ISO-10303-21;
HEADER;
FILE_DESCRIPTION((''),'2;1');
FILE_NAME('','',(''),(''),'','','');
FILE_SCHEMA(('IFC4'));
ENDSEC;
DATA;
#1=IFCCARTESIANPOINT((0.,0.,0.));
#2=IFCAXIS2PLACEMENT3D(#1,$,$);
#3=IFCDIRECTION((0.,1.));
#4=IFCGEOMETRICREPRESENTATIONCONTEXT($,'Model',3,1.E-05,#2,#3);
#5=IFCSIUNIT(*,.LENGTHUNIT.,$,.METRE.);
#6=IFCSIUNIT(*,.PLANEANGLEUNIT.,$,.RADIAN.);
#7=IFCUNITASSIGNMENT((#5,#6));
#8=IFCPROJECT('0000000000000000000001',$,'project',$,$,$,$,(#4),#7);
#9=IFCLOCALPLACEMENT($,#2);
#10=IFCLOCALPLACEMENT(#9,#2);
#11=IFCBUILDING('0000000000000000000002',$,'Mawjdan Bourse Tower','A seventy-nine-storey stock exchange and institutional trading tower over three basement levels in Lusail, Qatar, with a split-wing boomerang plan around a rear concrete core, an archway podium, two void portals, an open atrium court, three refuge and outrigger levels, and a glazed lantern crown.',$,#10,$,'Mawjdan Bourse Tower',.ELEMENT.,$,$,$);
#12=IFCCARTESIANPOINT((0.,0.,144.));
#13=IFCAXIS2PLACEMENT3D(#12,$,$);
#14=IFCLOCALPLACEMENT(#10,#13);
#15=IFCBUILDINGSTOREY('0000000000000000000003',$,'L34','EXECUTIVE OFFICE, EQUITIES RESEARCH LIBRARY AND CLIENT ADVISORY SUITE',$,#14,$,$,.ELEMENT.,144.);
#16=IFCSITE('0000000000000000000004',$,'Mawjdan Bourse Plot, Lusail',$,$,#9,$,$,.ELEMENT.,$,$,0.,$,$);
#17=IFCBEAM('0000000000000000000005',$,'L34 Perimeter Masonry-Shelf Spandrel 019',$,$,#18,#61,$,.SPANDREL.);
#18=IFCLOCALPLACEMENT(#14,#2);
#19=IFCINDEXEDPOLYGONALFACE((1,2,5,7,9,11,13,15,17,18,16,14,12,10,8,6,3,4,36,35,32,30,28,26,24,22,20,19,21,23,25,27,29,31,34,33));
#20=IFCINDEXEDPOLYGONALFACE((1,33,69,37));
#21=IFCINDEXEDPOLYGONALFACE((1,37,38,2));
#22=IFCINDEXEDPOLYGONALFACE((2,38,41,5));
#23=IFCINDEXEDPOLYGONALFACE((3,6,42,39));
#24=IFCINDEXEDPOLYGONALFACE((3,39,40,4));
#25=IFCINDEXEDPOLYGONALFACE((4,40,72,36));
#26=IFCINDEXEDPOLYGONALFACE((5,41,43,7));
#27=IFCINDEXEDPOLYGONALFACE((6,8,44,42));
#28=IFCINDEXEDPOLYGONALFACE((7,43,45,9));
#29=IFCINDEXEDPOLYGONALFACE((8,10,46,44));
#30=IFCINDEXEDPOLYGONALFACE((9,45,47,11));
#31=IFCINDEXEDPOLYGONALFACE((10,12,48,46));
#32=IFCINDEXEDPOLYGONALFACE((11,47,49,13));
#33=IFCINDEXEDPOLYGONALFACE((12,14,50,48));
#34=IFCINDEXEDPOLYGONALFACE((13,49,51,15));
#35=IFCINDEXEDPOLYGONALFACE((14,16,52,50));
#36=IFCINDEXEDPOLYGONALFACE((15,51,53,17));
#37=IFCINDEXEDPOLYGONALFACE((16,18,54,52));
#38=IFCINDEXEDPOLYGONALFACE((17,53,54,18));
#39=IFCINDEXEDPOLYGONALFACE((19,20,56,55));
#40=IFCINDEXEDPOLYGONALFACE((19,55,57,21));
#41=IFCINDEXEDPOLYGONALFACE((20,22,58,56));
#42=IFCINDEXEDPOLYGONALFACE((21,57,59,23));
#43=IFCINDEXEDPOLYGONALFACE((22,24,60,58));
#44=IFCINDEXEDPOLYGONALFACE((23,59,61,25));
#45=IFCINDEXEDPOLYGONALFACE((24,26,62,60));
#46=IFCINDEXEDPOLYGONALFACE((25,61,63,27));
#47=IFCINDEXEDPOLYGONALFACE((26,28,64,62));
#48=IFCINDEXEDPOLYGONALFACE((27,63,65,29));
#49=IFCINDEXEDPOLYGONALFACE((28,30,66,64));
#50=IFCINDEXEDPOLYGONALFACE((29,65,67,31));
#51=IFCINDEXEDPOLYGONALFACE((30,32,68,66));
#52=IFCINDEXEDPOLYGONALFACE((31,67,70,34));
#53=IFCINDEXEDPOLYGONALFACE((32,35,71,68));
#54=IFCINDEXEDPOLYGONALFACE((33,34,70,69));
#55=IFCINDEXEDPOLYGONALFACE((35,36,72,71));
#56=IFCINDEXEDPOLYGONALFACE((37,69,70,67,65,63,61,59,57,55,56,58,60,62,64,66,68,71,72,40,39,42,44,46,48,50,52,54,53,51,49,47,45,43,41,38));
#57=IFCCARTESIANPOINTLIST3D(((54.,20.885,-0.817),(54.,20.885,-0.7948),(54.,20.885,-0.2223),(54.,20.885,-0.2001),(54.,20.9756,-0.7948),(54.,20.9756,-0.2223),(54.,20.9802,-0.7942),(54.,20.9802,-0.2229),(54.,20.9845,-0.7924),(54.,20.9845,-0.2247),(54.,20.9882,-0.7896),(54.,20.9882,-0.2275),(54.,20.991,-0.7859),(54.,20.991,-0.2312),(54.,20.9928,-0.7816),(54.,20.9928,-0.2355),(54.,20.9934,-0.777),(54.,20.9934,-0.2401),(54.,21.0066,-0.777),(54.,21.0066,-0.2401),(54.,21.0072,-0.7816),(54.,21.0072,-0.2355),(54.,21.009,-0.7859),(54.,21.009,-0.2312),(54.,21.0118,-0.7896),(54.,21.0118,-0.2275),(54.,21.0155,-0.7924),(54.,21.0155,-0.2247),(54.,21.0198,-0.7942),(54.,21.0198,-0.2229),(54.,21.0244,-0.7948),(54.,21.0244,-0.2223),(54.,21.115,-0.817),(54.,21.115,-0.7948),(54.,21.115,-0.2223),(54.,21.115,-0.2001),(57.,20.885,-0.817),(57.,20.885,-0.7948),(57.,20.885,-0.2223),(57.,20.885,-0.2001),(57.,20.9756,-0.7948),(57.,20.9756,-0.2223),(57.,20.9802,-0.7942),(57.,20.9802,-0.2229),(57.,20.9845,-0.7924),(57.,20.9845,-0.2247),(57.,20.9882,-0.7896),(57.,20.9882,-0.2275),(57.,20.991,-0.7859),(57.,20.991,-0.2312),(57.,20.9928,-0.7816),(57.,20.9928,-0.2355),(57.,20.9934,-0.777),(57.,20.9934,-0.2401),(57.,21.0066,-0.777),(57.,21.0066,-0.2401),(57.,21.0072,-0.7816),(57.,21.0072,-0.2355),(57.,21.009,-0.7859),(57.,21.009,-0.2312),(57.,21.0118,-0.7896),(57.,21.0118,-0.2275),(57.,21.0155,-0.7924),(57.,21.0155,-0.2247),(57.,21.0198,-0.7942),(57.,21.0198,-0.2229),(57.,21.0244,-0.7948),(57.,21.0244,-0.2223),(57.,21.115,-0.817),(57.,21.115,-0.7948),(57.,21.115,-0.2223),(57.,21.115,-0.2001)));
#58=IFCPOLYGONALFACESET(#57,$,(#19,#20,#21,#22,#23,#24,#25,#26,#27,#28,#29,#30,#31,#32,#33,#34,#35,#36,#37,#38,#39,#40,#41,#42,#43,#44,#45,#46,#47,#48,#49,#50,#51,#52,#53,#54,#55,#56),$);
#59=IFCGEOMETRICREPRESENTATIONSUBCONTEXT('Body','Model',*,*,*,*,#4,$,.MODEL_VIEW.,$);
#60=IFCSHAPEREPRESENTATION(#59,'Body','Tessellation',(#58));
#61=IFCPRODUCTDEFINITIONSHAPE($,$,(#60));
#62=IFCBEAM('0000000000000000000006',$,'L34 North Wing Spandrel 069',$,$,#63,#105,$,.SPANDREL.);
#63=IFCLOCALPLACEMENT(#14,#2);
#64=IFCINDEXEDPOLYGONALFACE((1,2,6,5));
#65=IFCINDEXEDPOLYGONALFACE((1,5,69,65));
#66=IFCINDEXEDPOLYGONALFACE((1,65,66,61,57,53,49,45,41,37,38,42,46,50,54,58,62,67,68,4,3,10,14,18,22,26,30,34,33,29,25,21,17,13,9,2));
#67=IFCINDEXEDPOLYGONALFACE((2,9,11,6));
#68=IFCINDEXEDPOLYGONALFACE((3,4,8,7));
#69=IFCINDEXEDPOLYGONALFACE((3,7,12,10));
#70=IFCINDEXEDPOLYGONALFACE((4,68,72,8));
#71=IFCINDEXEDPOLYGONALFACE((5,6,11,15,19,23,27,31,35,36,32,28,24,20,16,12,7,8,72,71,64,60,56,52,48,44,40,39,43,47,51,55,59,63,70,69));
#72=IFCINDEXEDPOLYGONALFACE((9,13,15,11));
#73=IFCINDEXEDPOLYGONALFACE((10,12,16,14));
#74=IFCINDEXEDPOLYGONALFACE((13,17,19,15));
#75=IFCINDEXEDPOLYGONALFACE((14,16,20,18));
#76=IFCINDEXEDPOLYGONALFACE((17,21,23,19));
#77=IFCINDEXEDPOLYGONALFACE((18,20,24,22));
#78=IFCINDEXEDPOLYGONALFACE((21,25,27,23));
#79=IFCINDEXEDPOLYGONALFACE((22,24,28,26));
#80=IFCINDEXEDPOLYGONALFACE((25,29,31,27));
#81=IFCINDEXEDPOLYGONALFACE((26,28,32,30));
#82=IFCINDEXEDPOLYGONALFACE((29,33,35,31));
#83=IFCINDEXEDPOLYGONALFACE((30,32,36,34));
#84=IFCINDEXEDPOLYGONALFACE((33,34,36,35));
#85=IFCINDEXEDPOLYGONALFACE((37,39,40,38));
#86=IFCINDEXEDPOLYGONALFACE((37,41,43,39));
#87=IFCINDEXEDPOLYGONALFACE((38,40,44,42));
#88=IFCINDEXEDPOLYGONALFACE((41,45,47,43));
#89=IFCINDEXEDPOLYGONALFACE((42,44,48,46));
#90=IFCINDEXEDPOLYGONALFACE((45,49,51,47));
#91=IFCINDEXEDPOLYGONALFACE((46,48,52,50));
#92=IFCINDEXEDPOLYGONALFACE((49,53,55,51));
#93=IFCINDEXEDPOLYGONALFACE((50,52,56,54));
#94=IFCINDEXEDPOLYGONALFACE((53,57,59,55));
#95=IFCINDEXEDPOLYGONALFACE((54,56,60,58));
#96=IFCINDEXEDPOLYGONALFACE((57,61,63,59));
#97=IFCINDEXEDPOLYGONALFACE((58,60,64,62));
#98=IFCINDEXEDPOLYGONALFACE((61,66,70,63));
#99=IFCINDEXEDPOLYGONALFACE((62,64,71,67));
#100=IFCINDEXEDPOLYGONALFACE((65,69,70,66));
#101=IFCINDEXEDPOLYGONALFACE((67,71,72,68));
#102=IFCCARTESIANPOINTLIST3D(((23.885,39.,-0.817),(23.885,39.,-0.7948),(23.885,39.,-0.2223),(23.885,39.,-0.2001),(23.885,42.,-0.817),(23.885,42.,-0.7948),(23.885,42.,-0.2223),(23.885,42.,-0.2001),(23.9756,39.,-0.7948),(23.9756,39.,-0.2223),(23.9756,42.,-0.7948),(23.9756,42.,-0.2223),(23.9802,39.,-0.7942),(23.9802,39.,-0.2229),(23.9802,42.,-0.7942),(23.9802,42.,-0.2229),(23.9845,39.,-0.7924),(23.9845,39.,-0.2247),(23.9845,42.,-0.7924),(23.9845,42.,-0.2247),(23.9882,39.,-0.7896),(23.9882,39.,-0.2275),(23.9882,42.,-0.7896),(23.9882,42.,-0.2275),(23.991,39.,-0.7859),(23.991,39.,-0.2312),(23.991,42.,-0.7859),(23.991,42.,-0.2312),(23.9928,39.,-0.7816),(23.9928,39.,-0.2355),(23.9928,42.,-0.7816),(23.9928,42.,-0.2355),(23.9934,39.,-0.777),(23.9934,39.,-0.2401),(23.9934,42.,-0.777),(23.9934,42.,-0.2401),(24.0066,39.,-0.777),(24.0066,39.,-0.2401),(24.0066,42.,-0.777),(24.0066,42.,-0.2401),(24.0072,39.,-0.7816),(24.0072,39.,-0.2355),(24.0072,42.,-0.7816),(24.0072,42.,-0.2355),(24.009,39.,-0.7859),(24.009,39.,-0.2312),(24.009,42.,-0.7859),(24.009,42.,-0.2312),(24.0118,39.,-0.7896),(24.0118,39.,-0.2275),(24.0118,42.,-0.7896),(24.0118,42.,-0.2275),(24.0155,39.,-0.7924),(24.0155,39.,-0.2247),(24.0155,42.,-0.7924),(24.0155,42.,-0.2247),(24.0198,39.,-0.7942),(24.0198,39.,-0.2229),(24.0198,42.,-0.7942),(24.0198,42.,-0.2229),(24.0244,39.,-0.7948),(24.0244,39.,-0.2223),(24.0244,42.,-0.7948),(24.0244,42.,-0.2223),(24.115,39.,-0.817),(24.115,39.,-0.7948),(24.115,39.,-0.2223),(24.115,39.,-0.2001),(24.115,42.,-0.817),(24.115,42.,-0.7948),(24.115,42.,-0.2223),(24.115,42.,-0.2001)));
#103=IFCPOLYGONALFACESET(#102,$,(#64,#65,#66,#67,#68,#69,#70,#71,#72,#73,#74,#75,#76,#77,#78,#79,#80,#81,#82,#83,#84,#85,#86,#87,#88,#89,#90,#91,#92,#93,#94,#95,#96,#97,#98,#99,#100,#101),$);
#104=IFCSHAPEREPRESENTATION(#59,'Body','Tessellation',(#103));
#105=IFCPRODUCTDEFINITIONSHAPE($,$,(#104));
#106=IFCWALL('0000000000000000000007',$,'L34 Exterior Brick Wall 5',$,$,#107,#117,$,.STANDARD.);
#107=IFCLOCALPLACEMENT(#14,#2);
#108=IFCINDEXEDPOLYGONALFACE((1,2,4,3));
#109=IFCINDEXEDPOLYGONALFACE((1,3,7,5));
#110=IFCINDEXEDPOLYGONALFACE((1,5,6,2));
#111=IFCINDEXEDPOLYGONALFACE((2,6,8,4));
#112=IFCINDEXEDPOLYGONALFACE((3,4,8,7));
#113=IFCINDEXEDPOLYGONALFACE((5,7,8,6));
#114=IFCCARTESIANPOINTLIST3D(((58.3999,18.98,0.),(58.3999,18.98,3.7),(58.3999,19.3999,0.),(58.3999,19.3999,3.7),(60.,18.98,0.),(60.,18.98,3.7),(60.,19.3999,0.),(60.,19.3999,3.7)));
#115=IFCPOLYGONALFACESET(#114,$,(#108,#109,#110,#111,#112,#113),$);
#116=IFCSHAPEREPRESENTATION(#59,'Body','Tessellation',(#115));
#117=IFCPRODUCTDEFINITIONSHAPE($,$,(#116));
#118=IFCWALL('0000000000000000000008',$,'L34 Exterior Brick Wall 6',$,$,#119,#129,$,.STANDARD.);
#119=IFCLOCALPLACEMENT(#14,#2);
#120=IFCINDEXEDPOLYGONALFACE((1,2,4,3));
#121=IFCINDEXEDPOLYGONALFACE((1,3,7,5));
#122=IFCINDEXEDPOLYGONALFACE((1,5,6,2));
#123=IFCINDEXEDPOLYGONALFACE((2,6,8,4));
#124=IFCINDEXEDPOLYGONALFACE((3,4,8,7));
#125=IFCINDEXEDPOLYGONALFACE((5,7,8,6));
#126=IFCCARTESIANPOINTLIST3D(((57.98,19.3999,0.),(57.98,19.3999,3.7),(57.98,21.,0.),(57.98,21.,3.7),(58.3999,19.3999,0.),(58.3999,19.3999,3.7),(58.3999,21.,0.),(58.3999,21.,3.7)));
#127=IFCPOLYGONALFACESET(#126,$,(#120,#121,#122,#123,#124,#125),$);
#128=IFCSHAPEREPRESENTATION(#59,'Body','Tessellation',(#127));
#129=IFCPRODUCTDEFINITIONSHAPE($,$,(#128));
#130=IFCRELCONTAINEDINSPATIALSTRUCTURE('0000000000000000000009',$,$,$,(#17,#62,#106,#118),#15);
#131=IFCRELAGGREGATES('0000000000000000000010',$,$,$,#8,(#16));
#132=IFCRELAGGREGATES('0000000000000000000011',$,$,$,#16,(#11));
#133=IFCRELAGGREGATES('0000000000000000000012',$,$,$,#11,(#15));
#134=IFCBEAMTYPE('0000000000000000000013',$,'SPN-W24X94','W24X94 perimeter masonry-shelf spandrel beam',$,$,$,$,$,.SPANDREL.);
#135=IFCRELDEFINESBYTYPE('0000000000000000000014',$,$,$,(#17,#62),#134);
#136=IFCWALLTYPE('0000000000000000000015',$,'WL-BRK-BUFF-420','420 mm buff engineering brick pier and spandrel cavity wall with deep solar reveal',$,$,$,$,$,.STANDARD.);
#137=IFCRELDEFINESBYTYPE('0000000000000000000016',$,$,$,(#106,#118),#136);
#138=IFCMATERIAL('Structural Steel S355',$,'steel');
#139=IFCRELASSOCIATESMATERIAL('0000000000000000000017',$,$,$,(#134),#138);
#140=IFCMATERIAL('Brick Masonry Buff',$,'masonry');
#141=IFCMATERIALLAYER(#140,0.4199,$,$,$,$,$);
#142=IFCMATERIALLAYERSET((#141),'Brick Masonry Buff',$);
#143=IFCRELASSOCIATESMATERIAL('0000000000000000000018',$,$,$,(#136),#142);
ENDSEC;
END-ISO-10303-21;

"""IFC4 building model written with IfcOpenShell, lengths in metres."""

from ifc_helpers import new_model, si_unit, direction, frame, frame_2d, origin, origin_2d, place, context, subcontext, project, spatial, rectangle, i_section, extrude, material, layer, layer_set, material_profile, profile_set, type_object, element, save


model = new_model("IFC4")

# Units and contexts
model_context = context("Model", 3, precision=1e-05, world=origin(), true_north=direction((0.0, 1.0)))
body_context = subcontext(model_context, "Body", "Model", "MODEL_VIEW")
ifc_project = project(units=[si_unit("LENGTHUNIT", "METRE"), si_unit("PLANEANGLEUNIT", "RADIAN")], contexts=[model_context])

# Site, building, storey
site_placement = place(None, origin())
site = spatial("IfcSite", under=ifc_project, at=site_placement, Name="Mawjdan Bourse Plot, Lusail", CompositionType="ELEMENT", RefElevation=0.0)
building_placement = place(site_placement, origin())
building = spatial("IfcBuilding", under=site, at=building_placement, Name="Mawjdan Bourse Tower", Description="A seventy-nine-storey stock exchange and institutional trading tower over three basement levels in Lusail, Qatar, with a split-wing boomerang plan around a rear concrete core, an archway podium, two void portals, an open atrium court, three refuge and outrigger levels, and a glazed lantern crown.", LongName="Mawjdan Bourse Tower", CompositionType="ELEMENT")
storey_placement = place(building_placement, frame((0.0, 0.0, 144.0)))
storey = spatial("IfcBuildingStorey", under=building, at=storey_placement, Name="L34", Description="EXECUTIVE OFFICE, EQUITIES RESEARCH LIBRARY AND CLIENT ADVISORY SUITE", CompositionType="ELEMENT", Elevation=144.0)

# Beams
ifc_material_1 = material(Name="Structural Steel S355", Category="steel")
ifc_material_profile_1 = material_profile(ifc_material_1, i_section(OverallWidth=0.23, OverallDepth=0.6169, WebThickness=0.0132, FlangeThickness=0.0222, FilletRadius=0.0178, at=origin_2d()), Name="W24X94")
ifc_profile_set_1 = profile_set([ifc_material_profile_1], Name="Structural Steel S355")
beam_type_1 = type_object("IfcBeamType", Name="SPN-W24X94", Description="W24X94 perimeter masonry-shelf spandrel beam", PredefinedType="SPANDREL", material=ifc_profile_set_1)
for number, where, z_axis, x_axis, name in (
    (1, (54.0, 21.0, -0.5085), (1.0, 0.0, 0.0), (0.0, 1.0, 0.0), "L34 Perimeter Masonry-Shelf Spandrel 019"),
    (2, (24.0, 39.0, -0.5085), (0.0, 1.0, 0.0), (-1.0, 0.0, 0.0), "L34 North Wing Spandrel 069"),
):
    element("IfcBeam", number, at=place(storey_placement, frame(where, z_axis=z_axis, x_axis=x_axis)), inside=storey, type_object=beam_type_1, Name=name, PredefinedType="SPANDREL", context=body_context, shape_type="SweptSolid", body=[
        extrude(i_section(OverallWidth=0.23, OverallDepth=0.6169, WebThickness=0.0132, FlangeThickness=0.0222, FilletRadius=0.0178, at=origin_2d()), origin(), (0.0, 0.0, 1.0), 3.0),
    ])

# Walls
ifc_material_2 = material(Name="Brick Masonry Buff", Category="masonry")
ifc_layer_1 = layer(ifc_material_2, 0.4199)
ifc_layer_set_1 = layer_set([ifc_layer_1], Name="Brick Masonry Buff")
wall_type = type_object("IfcWallType", Name="WL-BRK-BUFF-420", Description="420 mm buff engineering brick pier and spandrel cavity wall with deep solar reveal", PredefinedType="STANDARD", material=ifc_layer_set_1)
for number, where, z_axis, x_axis, name in (
    (3, (60.0, 19.1899, 0.0), (0.0, 0.0, 1.0), (-1.0, 0.0, 0.0), "L34 Exterior Brick Wall 5"),
    (4, (58.1899, 19.3999, 0.0), (0.0, 0.0, 1.0), (0.0, 1.0, 0.0), "L34 Exterior Brick Wall 6"),
):
    element("IfcWall", number, at=place(storey_placement, frame(where, z_axis=z_axis, x_axis=x_axis)), inside=storey, type_object=wall_type, Name=name, PredefinedType="STANDARD", context=body_context, shape_type="SweptSolid", body=[
        extrude(rectangle(XDim=1.6001, YDim=0.4199, at=frame_2d((0.8, 0.0))), origin(), (0.0, 0.0, 1.0), 3.7),
    ])

save(model, "model.ifc")
